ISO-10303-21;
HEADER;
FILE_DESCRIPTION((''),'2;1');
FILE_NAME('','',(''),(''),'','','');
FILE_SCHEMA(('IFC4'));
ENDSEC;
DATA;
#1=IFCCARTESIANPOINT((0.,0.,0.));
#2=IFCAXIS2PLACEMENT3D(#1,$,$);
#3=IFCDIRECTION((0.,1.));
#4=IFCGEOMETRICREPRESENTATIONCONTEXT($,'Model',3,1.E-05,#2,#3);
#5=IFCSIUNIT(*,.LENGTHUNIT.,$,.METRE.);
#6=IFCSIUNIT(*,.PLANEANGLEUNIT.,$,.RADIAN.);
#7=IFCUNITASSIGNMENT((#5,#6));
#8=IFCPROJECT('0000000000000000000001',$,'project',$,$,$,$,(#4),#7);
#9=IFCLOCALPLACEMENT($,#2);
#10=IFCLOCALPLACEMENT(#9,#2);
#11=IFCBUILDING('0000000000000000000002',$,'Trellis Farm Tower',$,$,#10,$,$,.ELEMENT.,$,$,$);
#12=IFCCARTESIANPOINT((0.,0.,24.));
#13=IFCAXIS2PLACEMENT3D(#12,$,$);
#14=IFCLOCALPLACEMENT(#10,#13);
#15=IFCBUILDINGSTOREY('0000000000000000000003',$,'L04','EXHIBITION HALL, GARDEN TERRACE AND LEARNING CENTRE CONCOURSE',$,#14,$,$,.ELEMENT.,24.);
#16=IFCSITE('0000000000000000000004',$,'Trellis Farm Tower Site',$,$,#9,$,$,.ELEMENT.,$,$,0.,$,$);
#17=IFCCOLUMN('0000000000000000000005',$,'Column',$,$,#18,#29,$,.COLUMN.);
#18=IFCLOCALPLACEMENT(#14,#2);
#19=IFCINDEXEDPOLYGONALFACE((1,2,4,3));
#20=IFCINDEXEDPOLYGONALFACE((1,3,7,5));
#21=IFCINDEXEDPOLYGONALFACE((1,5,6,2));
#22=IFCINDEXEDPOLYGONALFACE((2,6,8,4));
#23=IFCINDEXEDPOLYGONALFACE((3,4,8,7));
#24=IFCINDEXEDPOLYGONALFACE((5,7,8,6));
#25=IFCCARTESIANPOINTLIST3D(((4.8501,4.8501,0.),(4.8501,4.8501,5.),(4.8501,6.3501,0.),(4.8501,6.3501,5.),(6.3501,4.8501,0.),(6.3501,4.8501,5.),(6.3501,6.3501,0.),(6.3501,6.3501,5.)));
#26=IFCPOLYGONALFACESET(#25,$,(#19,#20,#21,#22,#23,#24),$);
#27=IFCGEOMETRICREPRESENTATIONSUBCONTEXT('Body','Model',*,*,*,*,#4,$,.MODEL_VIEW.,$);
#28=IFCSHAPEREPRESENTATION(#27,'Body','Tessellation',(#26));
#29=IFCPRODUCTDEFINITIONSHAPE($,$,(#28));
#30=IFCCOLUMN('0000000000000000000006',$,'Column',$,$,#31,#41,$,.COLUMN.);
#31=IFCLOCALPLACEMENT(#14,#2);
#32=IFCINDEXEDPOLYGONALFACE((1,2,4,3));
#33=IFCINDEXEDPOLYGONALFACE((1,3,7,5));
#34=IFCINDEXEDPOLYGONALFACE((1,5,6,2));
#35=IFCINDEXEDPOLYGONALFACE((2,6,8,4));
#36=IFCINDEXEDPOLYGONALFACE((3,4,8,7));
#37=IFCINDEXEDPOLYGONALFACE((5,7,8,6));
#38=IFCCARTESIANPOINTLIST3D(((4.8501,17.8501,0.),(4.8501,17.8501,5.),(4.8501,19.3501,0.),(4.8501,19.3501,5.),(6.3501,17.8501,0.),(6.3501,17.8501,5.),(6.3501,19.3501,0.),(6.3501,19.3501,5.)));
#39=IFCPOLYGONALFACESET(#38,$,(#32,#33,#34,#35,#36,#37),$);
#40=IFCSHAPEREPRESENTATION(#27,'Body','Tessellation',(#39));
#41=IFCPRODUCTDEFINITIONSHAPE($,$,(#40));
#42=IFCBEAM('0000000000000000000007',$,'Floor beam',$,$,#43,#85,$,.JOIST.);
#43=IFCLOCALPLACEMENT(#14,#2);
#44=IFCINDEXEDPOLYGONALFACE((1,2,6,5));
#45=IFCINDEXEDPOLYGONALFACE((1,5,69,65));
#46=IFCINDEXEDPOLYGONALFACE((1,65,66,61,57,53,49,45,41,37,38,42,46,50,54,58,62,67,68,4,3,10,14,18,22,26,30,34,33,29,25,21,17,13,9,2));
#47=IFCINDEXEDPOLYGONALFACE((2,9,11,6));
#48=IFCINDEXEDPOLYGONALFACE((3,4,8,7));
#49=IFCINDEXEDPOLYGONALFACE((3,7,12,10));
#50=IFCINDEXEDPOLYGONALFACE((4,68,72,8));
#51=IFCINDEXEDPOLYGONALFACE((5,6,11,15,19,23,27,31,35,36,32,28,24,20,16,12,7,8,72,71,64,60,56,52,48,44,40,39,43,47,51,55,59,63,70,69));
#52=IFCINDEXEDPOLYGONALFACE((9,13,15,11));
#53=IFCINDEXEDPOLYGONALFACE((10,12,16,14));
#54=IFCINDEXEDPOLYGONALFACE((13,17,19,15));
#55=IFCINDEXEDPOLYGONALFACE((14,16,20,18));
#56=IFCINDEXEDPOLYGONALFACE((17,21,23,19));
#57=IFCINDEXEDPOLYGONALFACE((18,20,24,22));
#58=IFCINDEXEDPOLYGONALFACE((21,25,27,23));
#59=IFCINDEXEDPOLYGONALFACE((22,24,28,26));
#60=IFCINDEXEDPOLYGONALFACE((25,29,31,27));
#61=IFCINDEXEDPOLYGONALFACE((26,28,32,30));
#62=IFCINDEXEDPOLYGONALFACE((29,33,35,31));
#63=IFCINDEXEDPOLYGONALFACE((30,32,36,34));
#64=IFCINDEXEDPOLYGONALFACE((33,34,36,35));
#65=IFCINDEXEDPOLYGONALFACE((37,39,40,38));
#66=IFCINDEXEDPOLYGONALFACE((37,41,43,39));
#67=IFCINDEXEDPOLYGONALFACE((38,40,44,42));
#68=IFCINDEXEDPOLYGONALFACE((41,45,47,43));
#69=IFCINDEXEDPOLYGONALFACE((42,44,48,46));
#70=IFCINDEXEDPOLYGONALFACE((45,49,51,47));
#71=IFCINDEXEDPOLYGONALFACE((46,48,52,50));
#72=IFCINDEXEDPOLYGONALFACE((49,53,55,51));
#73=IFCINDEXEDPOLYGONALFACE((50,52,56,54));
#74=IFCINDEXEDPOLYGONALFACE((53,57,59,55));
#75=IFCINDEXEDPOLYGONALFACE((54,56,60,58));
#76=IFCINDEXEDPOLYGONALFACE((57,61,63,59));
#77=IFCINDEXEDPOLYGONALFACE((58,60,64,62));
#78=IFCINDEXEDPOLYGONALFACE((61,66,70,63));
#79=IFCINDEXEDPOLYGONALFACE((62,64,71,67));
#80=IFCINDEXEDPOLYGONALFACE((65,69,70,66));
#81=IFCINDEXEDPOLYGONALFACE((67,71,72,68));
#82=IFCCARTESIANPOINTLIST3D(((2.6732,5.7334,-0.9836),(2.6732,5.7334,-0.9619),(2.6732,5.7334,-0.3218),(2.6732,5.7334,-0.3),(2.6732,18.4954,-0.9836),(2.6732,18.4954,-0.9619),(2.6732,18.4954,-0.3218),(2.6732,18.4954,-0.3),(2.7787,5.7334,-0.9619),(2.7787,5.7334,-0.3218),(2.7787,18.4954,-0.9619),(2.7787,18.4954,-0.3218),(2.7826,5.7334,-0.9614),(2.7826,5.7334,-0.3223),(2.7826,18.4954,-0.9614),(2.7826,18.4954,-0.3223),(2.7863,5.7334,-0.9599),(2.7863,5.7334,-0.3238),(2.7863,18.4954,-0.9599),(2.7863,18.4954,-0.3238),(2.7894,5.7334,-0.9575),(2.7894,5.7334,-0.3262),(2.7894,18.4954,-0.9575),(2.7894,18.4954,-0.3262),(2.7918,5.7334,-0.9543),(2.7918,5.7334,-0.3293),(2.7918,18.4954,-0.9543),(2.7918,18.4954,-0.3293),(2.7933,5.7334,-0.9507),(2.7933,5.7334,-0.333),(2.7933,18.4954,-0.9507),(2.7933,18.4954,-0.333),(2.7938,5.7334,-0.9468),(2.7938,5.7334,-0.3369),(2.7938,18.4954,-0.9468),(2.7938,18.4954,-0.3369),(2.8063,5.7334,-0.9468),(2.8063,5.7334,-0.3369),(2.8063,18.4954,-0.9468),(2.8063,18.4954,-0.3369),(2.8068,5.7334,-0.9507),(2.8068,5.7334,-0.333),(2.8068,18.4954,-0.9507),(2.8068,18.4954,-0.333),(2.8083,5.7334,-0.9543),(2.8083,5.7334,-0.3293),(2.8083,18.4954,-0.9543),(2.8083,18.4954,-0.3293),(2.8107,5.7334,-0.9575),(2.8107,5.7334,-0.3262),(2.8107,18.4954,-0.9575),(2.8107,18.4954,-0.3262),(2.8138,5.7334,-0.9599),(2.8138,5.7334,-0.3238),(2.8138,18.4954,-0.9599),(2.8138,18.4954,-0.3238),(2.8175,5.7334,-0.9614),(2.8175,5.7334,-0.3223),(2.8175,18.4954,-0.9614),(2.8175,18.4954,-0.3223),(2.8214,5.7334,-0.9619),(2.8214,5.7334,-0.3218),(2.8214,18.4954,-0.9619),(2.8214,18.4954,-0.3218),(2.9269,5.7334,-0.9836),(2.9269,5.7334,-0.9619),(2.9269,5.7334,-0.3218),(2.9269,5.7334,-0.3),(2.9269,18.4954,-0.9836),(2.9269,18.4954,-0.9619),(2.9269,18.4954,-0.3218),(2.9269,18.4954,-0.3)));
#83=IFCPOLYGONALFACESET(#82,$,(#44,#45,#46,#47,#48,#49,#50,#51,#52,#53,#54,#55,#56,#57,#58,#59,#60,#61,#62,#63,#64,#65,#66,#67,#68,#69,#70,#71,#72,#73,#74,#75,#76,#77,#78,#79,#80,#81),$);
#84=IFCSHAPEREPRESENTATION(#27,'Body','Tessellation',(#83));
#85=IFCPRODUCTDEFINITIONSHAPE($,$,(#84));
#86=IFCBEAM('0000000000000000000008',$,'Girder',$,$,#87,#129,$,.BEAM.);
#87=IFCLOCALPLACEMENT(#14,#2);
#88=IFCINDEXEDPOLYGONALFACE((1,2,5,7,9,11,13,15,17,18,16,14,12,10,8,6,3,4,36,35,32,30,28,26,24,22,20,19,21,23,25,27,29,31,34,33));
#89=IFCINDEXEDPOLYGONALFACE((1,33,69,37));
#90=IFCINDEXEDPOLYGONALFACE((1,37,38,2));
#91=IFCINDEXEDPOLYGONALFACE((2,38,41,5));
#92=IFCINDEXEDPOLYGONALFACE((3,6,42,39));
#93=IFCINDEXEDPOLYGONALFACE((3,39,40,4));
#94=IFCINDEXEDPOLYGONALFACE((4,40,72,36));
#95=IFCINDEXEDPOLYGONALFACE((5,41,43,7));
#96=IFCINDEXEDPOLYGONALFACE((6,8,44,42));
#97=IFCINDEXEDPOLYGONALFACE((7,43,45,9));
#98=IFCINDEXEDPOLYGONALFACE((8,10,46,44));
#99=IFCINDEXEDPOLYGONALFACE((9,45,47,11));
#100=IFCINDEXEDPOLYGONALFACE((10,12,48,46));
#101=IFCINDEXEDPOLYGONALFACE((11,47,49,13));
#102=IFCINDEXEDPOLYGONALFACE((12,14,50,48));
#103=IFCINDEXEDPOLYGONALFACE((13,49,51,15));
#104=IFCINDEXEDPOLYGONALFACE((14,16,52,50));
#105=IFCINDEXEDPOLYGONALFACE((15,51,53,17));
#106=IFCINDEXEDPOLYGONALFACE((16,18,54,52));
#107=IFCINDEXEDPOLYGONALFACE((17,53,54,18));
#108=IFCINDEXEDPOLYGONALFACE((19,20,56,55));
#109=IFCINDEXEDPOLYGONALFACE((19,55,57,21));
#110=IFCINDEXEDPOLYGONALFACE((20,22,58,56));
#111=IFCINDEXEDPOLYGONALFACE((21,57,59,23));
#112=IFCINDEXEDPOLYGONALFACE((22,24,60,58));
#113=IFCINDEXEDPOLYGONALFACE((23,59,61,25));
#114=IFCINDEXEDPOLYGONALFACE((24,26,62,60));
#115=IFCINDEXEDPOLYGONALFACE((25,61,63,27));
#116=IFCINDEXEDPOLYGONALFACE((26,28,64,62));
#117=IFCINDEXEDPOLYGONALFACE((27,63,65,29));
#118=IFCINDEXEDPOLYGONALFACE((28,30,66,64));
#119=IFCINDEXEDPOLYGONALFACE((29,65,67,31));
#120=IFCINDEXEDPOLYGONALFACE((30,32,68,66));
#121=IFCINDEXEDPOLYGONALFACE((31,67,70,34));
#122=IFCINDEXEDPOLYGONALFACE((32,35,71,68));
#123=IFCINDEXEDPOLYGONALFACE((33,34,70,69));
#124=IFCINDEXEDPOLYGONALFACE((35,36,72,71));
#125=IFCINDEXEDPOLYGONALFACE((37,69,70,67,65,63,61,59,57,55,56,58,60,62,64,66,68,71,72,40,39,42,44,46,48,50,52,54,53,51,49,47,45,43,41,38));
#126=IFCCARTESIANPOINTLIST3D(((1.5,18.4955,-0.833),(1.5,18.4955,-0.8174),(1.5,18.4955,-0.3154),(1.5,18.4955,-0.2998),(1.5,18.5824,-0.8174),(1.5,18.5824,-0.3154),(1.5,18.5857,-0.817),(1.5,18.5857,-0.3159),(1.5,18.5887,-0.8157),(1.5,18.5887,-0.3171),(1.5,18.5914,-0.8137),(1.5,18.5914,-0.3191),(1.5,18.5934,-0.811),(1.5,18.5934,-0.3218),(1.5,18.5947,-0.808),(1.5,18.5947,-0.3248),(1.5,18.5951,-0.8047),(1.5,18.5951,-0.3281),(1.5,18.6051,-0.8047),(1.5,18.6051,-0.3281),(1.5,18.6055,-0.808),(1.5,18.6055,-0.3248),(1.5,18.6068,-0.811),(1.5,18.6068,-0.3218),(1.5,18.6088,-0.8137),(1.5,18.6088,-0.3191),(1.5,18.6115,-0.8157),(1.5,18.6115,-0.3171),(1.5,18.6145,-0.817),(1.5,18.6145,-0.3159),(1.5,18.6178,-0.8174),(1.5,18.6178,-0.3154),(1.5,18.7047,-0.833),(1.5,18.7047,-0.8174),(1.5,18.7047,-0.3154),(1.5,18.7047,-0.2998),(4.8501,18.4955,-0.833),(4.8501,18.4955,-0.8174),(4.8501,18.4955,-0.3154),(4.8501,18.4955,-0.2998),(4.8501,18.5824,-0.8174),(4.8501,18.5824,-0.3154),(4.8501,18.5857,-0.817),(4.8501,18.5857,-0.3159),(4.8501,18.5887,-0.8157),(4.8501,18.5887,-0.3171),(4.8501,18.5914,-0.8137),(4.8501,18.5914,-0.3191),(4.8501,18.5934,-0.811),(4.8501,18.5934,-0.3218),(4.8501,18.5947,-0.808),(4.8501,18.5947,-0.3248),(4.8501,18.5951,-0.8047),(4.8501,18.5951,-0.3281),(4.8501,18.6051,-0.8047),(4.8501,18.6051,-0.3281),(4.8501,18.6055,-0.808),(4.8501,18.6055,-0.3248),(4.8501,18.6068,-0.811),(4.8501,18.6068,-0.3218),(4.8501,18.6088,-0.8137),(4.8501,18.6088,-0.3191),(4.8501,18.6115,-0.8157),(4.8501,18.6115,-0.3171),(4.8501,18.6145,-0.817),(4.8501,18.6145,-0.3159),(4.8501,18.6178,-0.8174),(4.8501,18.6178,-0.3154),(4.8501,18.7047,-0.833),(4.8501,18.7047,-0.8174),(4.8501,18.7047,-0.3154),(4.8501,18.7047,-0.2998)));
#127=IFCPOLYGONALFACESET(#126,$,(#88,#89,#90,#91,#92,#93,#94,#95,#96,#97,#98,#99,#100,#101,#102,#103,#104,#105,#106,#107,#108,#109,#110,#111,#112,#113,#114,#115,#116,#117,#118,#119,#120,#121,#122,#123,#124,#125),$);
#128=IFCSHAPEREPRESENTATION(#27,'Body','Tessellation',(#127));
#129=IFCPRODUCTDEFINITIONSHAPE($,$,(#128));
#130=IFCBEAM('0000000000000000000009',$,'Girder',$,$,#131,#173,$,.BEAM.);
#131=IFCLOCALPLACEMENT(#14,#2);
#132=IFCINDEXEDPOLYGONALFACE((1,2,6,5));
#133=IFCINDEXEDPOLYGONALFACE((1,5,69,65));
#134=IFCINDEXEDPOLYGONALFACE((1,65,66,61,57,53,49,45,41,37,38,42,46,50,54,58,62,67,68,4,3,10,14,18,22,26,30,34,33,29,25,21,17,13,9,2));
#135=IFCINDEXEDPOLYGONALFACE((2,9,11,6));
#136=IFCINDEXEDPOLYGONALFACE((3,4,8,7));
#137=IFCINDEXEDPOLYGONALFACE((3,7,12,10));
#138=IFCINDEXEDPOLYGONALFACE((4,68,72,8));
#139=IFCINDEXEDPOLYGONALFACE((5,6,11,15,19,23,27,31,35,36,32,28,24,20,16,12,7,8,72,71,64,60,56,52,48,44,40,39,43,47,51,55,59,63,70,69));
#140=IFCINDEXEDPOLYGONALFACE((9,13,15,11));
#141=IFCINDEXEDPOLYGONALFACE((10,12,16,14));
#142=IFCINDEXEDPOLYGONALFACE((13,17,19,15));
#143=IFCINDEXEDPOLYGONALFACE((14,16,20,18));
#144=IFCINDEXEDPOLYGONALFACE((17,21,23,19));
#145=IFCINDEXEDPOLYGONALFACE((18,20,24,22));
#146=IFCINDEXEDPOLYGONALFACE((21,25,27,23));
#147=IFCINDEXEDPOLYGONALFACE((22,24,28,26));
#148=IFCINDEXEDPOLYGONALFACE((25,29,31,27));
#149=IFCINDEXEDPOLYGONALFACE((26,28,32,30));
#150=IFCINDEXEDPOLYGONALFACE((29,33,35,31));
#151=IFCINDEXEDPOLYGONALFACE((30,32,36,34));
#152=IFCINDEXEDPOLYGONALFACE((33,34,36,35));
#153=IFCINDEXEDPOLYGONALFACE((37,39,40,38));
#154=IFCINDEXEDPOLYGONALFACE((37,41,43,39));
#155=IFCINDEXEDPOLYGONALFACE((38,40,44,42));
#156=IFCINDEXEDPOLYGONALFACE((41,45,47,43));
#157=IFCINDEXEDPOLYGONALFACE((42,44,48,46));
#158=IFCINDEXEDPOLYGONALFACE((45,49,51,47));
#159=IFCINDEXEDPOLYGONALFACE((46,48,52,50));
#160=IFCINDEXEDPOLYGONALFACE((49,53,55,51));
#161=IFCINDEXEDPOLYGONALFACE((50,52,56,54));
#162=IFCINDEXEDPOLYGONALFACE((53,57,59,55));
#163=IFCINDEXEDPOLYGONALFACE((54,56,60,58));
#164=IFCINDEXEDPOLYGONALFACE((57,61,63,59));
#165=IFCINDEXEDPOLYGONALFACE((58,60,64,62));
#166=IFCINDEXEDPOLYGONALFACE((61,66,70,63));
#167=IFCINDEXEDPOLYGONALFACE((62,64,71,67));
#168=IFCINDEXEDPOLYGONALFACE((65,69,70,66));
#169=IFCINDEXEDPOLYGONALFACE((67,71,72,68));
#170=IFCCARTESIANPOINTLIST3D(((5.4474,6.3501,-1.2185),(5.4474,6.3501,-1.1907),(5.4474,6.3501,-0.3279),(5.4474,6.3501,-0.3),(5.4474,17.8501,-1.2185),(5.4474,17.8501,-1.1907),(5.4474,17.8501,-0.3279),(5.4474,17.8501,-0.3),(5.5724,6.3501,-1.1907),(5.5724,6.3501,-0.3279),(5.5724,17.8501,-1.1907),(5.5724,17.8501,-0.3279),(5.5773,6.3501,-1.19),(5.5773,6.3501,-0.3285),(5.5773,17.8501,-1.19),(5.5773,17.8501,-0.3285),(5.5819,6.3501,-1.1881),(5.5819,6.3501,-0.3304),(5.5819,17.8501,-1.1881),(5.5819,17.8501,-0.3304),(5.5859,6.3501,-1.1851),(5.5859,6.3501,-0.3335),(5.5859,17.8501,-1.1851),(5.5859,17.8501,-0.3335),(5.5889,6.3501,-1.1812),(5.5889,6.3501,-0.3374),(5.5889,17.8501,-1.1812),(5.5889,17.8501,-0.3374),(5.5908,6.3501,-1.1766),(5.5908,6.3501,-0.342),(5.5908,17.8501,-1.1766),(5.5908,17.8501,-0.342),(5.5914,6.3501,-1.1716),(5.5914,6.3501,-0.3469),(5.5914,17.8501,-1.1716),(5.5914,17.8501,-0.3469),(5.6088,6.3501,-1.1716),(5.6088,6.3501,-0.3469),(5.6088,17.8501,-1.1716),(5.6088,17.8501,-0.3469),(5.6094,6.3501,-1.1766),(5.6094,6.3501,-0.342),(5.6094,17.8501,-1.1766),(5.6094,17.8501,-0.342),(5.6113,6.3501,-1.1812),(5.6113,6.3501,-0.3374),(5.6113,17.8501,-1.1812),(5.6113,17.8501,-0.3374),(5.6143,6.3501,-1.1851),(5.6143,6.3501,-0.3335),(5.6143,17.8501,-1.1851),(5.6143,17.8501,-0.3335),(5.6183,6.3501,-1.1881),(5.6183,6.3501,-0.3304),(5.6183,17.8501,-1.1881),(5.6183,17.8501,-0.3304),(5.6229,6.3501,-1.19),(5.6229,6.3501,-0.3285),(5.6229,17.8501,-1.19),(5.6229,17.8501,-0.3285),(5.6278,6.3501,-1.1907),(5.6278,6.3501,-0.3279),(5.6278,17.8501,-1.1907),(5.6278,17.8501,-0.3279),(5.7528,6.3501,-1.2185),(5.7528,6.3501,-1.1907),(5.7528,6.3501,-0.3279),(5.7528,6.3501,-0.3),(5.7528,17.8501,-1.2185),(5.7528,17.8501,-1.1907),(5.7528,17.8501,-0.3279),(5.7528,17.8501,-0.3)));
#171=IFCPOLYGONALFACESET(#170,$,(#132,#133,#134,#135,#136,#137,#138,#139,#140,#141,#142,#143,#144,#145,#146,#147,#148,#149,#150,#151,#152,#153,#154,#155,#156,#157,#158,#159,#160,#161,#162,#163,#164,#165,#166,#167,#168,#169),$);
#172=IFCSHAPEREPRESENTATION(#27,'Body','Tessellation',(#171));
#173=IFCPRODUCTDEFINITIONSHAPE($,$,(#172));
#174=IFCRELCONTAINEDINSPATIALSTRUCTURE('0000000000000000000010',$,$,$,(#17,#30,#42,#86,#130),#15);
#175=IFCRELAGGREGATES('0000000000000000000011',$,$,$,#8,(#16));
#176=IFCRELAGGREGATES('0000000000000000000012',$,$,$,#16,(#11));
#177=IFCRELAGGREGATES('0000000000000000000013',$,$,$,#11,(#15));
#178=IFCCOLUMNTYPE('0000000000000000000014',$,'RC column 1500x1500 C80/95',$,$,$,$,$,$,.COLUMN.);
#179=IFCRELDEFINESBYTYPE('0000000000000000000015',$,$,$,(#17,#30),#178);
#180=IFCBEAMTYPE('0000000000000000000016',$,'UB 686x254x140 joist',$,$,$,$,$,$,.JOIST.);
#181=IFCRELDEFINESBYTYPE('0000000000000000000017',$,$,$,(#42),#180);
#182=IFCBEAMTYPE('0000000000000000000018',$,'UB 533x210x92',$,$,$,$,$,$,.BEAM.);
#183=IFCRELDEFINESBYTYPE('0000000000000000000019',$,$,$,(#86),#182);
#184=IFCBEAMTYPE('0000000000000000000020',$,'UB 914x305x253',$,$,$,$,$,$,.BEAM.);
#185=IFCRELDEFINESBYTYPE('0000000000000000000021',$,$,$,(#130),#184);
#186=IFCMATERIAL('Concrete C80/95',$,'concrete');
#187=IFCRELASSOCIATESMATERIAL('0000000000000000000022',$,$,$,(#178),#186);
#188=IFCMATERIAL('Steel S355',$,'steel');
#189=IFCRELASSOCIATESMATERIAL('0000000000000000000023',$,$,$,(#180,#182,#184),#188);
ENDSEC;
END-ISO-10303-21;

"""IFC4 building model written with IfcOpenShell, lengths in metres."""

from ifc_helpers import new_model, si_unit, direction, frame, origin, origin_2d, place, context, subcontext, project, spatial, rectangle, i_section, extrude, source, transform, mapped, material, material_profile, profile_set, type_object, element, save


model = new_model("IFC4")

# Units and contexts
model_context = context("Model", 3, precision=1e-05, world=origin(), true_north=direction((0.0, 1.0)))
body_context = subcontext(model_context, "Body", "Model", "MODEL_VIEW")
ifc_project = project(units=[si_unit("LENGTHUNIT", "METRE"), si_unit("PLANEANGLEUNIT", "RADIAN")], contexts=[model_context])

# Site, building, storey
site_placement = place(None, origin())
site = spatial("IfcSite", under=ifc_project, at=site_placement, Name="Trellis Farm Tower Site", CompositionType="ELEMENT", RefElevation=0.0)
building_placement = place(site_placement, origin())
building = spatial("IfcBuilding", under=site, at=building_placement, Name="Trellis Farm Tower", CompositionType="ELEMENT")
storey_placement = place(building_placement, frame((0.0, 0.0, 24.0)))
storey = spatial("IfcBuildingStorey", under=building, at=storey_placement, Name="L04", Description="EXHIBITION HALL, GARDEN TERRACE AND LEARNING CENTRE CONCOURSE", CompositionType="ELEMENT", Elevation=24.0)

# Columns
ifc_material_1 = material(Name="Concrete C80/95", Category="concrete")
ifc_material_profile_1 = material_profile(ifc_material_1, rectangle(XDim=1.5, YDim=1.5, at=origin_2d()), Name="RC column 1500x1500 C80/95")
ifc_profile_set_1 = profile_set([ifc_material_profile_1], Name="Concrete C80/95")
column_type = type_object("IfcColumnType", Name="RC column 1500x1500 C80/95", PredefinedType="COLUMN", material=ifc_profile_set_1)
shared_shape_1 = source(origin(), body_context, "Body", "SweptSolid", [
    extrude(rectangle(XDim=1.5, YDim=1.5, at=origin_2d()), origin(), (0.0, 0.0, 1.0), 5.0),
])
for number, where, z_axis, x_axis, name in (
    (1, (5.6001, 5.6001, 0.0), (0.0, 0.0, 1.0), (1.0, 0.0, 0.0), "Column"),
    (2, (5.6001, 18.6001, 0.0), (0.0, 0.0, 1.0), (1.0, 0.0, 0.0), "Column"),
):
    element("IfcColumn", number, at=place(storey_placement, frame(where, z_axis=z_axis, x_axis=x_axis)), inside=storey, type_object=column_type, Name=name, PredefinedType="COLUMN", context=body_context, shape_type="MappedRepresentation", body=[
        mapped(shared_shape_1, transform((0.0, 0.0, 0.0))),
    ])

# Beams
ifc_material_2 = material(Name="Steel S355", Category="steel")
ifc_material_profile_2 = material_profile(ifc_material_2, i_section(OverallWidth=0.2537, OverallDepth=0.6836, WebThickness=0.0125, FlangeThickness=0.0217, FilletRadius=0.0151, at=origin_2d()), Name="UB 686x254x140")
ifc_profile_set_2 = profile_set([ifc_material_profile_2], Name="Steel S355")
beam_type_1 = type_object("IfcBeamType", Name="UB 686x254x140 joist", PredefinedType="JOIST", material=ifc_profile_set_2)
shared_shape_2 = source(origin(), body_context, "Body", "SweptSolid", [
    extrude(i_section(OverallWidth=0.2537, OverallDepth=0.6836, WebThickness=0.0125, FlangeThickness=0.0217, FilletRadius=0.0151, at=origin_2d()), origin(), (0.0, 0.0, 1.0), 12.762),
])
beam_1_placement = place(storey_placement, frame((2.8, 5.7334, -0.6418), z_axis=(0.0, 1.0, 0.0), x_axis=(-1.0, 0.0, 0.0)))
element("IfcBeam", 3, at=beam_1_placement, inside=storey, type_object=beam_type_1, Name="Floor beam", PredefinedType="JOIST", context=body_context, shape_type="MappedRepresentation", body=[
    mapped(shared_shape_2, transform((0.0, 0.0, 0.0))),
])
ifc_material_profile_3 = material_profile(ifc_material_2, i_section(OverallWidth=0.2092, OverallDepth=0.5332, WebThickness=0.01, FlangeThickness=0.0156, FilletRadius=0.0127, at=origin_2d()), Name="UB 533x210x92")
ifc_profile_set_3 = profile_set([ifc_material_profile_3], Name="Steel S355")
beam_type_2 = type_object("IfcBeamType", Name="UB 533x210x92", PredefinedType="BEAM", material=ifc_profile_set_3)
shared_shape_3 = source(origin(), body_context, "Body", "SweptSolid", [
    extrude(i_section(OverallWidth=0.2092, OverallDepth=0.5332, WebThickness=0.01, FlangeThickness=0.0156, FilletRadius=0.0127, at=origin_2d()), origin(), (0.0, 0.0, 1.0), 3.3501),
])
beam_2_placement = place(storey_placement, frame((1.5, 18.6001, -0.5664), z_axis=(1.0, 0.0, 0.0), x_axis=(0.0, 1.0, 0.0)))
element("IfcBeam", 4, at=beam_2_placement, inside=storey, type_object=beam_type_2, Name="Girder", PredefinedType="BEAM", context=body_context, shape_type="MappedRepresentation", body=[
    mapped(shared_shape_3, transform((0.0, 0.0, 0.0))),
])
ifc_material_profile_4 = material_profile(ifc_material_2, i_section(OverallWidth=0.3054, OverallDepth=0.9185, WebThickness=0.0173, FlangeThickness=0.0278, FilletRadius=0.019, at=origin_2d()), Name="UB 914x305x253")
ifc_profile_set_4 = profile_set([ifc_material_profile_4], Name="Steel S355")
beam_type_3 = type_object("IfcBeamType", Name="UB 914x305x253", PredefinedType="BEAM", material=ifc_profile_set_4)
shared_shape_4 = source(origin(), body_context, "Body", "SweptSolid", [
    extrude(i_section(OverallWidth=0.3054, OverallDepth=0.9185, WebThickness=0.0173, FlangeThickness=0.0278, FilletRadius=0.019, at=origin_2d()), origin(), (0.0, 0.0, 1.0), 11.5),
])
beam_3_placement = place(storey_placement, frame((5.6001, 6.3501, -0.7593), z_axis=(0.0, 1.0, 0.0), x_axis=(-1.0, 0.0, 0.0)))
element("IfcBeam", 5, at=beam_3_placement, inside=storey, type_object=beam_type_3, Name="Girder", PredefinedType="BEAM", context=body_context, shape_type="MappedRepresentation", body=[
    mapped(shared_shape_4, transform((0.0, 0.0, 0.0))),
])

save(model, "model.ifc")
